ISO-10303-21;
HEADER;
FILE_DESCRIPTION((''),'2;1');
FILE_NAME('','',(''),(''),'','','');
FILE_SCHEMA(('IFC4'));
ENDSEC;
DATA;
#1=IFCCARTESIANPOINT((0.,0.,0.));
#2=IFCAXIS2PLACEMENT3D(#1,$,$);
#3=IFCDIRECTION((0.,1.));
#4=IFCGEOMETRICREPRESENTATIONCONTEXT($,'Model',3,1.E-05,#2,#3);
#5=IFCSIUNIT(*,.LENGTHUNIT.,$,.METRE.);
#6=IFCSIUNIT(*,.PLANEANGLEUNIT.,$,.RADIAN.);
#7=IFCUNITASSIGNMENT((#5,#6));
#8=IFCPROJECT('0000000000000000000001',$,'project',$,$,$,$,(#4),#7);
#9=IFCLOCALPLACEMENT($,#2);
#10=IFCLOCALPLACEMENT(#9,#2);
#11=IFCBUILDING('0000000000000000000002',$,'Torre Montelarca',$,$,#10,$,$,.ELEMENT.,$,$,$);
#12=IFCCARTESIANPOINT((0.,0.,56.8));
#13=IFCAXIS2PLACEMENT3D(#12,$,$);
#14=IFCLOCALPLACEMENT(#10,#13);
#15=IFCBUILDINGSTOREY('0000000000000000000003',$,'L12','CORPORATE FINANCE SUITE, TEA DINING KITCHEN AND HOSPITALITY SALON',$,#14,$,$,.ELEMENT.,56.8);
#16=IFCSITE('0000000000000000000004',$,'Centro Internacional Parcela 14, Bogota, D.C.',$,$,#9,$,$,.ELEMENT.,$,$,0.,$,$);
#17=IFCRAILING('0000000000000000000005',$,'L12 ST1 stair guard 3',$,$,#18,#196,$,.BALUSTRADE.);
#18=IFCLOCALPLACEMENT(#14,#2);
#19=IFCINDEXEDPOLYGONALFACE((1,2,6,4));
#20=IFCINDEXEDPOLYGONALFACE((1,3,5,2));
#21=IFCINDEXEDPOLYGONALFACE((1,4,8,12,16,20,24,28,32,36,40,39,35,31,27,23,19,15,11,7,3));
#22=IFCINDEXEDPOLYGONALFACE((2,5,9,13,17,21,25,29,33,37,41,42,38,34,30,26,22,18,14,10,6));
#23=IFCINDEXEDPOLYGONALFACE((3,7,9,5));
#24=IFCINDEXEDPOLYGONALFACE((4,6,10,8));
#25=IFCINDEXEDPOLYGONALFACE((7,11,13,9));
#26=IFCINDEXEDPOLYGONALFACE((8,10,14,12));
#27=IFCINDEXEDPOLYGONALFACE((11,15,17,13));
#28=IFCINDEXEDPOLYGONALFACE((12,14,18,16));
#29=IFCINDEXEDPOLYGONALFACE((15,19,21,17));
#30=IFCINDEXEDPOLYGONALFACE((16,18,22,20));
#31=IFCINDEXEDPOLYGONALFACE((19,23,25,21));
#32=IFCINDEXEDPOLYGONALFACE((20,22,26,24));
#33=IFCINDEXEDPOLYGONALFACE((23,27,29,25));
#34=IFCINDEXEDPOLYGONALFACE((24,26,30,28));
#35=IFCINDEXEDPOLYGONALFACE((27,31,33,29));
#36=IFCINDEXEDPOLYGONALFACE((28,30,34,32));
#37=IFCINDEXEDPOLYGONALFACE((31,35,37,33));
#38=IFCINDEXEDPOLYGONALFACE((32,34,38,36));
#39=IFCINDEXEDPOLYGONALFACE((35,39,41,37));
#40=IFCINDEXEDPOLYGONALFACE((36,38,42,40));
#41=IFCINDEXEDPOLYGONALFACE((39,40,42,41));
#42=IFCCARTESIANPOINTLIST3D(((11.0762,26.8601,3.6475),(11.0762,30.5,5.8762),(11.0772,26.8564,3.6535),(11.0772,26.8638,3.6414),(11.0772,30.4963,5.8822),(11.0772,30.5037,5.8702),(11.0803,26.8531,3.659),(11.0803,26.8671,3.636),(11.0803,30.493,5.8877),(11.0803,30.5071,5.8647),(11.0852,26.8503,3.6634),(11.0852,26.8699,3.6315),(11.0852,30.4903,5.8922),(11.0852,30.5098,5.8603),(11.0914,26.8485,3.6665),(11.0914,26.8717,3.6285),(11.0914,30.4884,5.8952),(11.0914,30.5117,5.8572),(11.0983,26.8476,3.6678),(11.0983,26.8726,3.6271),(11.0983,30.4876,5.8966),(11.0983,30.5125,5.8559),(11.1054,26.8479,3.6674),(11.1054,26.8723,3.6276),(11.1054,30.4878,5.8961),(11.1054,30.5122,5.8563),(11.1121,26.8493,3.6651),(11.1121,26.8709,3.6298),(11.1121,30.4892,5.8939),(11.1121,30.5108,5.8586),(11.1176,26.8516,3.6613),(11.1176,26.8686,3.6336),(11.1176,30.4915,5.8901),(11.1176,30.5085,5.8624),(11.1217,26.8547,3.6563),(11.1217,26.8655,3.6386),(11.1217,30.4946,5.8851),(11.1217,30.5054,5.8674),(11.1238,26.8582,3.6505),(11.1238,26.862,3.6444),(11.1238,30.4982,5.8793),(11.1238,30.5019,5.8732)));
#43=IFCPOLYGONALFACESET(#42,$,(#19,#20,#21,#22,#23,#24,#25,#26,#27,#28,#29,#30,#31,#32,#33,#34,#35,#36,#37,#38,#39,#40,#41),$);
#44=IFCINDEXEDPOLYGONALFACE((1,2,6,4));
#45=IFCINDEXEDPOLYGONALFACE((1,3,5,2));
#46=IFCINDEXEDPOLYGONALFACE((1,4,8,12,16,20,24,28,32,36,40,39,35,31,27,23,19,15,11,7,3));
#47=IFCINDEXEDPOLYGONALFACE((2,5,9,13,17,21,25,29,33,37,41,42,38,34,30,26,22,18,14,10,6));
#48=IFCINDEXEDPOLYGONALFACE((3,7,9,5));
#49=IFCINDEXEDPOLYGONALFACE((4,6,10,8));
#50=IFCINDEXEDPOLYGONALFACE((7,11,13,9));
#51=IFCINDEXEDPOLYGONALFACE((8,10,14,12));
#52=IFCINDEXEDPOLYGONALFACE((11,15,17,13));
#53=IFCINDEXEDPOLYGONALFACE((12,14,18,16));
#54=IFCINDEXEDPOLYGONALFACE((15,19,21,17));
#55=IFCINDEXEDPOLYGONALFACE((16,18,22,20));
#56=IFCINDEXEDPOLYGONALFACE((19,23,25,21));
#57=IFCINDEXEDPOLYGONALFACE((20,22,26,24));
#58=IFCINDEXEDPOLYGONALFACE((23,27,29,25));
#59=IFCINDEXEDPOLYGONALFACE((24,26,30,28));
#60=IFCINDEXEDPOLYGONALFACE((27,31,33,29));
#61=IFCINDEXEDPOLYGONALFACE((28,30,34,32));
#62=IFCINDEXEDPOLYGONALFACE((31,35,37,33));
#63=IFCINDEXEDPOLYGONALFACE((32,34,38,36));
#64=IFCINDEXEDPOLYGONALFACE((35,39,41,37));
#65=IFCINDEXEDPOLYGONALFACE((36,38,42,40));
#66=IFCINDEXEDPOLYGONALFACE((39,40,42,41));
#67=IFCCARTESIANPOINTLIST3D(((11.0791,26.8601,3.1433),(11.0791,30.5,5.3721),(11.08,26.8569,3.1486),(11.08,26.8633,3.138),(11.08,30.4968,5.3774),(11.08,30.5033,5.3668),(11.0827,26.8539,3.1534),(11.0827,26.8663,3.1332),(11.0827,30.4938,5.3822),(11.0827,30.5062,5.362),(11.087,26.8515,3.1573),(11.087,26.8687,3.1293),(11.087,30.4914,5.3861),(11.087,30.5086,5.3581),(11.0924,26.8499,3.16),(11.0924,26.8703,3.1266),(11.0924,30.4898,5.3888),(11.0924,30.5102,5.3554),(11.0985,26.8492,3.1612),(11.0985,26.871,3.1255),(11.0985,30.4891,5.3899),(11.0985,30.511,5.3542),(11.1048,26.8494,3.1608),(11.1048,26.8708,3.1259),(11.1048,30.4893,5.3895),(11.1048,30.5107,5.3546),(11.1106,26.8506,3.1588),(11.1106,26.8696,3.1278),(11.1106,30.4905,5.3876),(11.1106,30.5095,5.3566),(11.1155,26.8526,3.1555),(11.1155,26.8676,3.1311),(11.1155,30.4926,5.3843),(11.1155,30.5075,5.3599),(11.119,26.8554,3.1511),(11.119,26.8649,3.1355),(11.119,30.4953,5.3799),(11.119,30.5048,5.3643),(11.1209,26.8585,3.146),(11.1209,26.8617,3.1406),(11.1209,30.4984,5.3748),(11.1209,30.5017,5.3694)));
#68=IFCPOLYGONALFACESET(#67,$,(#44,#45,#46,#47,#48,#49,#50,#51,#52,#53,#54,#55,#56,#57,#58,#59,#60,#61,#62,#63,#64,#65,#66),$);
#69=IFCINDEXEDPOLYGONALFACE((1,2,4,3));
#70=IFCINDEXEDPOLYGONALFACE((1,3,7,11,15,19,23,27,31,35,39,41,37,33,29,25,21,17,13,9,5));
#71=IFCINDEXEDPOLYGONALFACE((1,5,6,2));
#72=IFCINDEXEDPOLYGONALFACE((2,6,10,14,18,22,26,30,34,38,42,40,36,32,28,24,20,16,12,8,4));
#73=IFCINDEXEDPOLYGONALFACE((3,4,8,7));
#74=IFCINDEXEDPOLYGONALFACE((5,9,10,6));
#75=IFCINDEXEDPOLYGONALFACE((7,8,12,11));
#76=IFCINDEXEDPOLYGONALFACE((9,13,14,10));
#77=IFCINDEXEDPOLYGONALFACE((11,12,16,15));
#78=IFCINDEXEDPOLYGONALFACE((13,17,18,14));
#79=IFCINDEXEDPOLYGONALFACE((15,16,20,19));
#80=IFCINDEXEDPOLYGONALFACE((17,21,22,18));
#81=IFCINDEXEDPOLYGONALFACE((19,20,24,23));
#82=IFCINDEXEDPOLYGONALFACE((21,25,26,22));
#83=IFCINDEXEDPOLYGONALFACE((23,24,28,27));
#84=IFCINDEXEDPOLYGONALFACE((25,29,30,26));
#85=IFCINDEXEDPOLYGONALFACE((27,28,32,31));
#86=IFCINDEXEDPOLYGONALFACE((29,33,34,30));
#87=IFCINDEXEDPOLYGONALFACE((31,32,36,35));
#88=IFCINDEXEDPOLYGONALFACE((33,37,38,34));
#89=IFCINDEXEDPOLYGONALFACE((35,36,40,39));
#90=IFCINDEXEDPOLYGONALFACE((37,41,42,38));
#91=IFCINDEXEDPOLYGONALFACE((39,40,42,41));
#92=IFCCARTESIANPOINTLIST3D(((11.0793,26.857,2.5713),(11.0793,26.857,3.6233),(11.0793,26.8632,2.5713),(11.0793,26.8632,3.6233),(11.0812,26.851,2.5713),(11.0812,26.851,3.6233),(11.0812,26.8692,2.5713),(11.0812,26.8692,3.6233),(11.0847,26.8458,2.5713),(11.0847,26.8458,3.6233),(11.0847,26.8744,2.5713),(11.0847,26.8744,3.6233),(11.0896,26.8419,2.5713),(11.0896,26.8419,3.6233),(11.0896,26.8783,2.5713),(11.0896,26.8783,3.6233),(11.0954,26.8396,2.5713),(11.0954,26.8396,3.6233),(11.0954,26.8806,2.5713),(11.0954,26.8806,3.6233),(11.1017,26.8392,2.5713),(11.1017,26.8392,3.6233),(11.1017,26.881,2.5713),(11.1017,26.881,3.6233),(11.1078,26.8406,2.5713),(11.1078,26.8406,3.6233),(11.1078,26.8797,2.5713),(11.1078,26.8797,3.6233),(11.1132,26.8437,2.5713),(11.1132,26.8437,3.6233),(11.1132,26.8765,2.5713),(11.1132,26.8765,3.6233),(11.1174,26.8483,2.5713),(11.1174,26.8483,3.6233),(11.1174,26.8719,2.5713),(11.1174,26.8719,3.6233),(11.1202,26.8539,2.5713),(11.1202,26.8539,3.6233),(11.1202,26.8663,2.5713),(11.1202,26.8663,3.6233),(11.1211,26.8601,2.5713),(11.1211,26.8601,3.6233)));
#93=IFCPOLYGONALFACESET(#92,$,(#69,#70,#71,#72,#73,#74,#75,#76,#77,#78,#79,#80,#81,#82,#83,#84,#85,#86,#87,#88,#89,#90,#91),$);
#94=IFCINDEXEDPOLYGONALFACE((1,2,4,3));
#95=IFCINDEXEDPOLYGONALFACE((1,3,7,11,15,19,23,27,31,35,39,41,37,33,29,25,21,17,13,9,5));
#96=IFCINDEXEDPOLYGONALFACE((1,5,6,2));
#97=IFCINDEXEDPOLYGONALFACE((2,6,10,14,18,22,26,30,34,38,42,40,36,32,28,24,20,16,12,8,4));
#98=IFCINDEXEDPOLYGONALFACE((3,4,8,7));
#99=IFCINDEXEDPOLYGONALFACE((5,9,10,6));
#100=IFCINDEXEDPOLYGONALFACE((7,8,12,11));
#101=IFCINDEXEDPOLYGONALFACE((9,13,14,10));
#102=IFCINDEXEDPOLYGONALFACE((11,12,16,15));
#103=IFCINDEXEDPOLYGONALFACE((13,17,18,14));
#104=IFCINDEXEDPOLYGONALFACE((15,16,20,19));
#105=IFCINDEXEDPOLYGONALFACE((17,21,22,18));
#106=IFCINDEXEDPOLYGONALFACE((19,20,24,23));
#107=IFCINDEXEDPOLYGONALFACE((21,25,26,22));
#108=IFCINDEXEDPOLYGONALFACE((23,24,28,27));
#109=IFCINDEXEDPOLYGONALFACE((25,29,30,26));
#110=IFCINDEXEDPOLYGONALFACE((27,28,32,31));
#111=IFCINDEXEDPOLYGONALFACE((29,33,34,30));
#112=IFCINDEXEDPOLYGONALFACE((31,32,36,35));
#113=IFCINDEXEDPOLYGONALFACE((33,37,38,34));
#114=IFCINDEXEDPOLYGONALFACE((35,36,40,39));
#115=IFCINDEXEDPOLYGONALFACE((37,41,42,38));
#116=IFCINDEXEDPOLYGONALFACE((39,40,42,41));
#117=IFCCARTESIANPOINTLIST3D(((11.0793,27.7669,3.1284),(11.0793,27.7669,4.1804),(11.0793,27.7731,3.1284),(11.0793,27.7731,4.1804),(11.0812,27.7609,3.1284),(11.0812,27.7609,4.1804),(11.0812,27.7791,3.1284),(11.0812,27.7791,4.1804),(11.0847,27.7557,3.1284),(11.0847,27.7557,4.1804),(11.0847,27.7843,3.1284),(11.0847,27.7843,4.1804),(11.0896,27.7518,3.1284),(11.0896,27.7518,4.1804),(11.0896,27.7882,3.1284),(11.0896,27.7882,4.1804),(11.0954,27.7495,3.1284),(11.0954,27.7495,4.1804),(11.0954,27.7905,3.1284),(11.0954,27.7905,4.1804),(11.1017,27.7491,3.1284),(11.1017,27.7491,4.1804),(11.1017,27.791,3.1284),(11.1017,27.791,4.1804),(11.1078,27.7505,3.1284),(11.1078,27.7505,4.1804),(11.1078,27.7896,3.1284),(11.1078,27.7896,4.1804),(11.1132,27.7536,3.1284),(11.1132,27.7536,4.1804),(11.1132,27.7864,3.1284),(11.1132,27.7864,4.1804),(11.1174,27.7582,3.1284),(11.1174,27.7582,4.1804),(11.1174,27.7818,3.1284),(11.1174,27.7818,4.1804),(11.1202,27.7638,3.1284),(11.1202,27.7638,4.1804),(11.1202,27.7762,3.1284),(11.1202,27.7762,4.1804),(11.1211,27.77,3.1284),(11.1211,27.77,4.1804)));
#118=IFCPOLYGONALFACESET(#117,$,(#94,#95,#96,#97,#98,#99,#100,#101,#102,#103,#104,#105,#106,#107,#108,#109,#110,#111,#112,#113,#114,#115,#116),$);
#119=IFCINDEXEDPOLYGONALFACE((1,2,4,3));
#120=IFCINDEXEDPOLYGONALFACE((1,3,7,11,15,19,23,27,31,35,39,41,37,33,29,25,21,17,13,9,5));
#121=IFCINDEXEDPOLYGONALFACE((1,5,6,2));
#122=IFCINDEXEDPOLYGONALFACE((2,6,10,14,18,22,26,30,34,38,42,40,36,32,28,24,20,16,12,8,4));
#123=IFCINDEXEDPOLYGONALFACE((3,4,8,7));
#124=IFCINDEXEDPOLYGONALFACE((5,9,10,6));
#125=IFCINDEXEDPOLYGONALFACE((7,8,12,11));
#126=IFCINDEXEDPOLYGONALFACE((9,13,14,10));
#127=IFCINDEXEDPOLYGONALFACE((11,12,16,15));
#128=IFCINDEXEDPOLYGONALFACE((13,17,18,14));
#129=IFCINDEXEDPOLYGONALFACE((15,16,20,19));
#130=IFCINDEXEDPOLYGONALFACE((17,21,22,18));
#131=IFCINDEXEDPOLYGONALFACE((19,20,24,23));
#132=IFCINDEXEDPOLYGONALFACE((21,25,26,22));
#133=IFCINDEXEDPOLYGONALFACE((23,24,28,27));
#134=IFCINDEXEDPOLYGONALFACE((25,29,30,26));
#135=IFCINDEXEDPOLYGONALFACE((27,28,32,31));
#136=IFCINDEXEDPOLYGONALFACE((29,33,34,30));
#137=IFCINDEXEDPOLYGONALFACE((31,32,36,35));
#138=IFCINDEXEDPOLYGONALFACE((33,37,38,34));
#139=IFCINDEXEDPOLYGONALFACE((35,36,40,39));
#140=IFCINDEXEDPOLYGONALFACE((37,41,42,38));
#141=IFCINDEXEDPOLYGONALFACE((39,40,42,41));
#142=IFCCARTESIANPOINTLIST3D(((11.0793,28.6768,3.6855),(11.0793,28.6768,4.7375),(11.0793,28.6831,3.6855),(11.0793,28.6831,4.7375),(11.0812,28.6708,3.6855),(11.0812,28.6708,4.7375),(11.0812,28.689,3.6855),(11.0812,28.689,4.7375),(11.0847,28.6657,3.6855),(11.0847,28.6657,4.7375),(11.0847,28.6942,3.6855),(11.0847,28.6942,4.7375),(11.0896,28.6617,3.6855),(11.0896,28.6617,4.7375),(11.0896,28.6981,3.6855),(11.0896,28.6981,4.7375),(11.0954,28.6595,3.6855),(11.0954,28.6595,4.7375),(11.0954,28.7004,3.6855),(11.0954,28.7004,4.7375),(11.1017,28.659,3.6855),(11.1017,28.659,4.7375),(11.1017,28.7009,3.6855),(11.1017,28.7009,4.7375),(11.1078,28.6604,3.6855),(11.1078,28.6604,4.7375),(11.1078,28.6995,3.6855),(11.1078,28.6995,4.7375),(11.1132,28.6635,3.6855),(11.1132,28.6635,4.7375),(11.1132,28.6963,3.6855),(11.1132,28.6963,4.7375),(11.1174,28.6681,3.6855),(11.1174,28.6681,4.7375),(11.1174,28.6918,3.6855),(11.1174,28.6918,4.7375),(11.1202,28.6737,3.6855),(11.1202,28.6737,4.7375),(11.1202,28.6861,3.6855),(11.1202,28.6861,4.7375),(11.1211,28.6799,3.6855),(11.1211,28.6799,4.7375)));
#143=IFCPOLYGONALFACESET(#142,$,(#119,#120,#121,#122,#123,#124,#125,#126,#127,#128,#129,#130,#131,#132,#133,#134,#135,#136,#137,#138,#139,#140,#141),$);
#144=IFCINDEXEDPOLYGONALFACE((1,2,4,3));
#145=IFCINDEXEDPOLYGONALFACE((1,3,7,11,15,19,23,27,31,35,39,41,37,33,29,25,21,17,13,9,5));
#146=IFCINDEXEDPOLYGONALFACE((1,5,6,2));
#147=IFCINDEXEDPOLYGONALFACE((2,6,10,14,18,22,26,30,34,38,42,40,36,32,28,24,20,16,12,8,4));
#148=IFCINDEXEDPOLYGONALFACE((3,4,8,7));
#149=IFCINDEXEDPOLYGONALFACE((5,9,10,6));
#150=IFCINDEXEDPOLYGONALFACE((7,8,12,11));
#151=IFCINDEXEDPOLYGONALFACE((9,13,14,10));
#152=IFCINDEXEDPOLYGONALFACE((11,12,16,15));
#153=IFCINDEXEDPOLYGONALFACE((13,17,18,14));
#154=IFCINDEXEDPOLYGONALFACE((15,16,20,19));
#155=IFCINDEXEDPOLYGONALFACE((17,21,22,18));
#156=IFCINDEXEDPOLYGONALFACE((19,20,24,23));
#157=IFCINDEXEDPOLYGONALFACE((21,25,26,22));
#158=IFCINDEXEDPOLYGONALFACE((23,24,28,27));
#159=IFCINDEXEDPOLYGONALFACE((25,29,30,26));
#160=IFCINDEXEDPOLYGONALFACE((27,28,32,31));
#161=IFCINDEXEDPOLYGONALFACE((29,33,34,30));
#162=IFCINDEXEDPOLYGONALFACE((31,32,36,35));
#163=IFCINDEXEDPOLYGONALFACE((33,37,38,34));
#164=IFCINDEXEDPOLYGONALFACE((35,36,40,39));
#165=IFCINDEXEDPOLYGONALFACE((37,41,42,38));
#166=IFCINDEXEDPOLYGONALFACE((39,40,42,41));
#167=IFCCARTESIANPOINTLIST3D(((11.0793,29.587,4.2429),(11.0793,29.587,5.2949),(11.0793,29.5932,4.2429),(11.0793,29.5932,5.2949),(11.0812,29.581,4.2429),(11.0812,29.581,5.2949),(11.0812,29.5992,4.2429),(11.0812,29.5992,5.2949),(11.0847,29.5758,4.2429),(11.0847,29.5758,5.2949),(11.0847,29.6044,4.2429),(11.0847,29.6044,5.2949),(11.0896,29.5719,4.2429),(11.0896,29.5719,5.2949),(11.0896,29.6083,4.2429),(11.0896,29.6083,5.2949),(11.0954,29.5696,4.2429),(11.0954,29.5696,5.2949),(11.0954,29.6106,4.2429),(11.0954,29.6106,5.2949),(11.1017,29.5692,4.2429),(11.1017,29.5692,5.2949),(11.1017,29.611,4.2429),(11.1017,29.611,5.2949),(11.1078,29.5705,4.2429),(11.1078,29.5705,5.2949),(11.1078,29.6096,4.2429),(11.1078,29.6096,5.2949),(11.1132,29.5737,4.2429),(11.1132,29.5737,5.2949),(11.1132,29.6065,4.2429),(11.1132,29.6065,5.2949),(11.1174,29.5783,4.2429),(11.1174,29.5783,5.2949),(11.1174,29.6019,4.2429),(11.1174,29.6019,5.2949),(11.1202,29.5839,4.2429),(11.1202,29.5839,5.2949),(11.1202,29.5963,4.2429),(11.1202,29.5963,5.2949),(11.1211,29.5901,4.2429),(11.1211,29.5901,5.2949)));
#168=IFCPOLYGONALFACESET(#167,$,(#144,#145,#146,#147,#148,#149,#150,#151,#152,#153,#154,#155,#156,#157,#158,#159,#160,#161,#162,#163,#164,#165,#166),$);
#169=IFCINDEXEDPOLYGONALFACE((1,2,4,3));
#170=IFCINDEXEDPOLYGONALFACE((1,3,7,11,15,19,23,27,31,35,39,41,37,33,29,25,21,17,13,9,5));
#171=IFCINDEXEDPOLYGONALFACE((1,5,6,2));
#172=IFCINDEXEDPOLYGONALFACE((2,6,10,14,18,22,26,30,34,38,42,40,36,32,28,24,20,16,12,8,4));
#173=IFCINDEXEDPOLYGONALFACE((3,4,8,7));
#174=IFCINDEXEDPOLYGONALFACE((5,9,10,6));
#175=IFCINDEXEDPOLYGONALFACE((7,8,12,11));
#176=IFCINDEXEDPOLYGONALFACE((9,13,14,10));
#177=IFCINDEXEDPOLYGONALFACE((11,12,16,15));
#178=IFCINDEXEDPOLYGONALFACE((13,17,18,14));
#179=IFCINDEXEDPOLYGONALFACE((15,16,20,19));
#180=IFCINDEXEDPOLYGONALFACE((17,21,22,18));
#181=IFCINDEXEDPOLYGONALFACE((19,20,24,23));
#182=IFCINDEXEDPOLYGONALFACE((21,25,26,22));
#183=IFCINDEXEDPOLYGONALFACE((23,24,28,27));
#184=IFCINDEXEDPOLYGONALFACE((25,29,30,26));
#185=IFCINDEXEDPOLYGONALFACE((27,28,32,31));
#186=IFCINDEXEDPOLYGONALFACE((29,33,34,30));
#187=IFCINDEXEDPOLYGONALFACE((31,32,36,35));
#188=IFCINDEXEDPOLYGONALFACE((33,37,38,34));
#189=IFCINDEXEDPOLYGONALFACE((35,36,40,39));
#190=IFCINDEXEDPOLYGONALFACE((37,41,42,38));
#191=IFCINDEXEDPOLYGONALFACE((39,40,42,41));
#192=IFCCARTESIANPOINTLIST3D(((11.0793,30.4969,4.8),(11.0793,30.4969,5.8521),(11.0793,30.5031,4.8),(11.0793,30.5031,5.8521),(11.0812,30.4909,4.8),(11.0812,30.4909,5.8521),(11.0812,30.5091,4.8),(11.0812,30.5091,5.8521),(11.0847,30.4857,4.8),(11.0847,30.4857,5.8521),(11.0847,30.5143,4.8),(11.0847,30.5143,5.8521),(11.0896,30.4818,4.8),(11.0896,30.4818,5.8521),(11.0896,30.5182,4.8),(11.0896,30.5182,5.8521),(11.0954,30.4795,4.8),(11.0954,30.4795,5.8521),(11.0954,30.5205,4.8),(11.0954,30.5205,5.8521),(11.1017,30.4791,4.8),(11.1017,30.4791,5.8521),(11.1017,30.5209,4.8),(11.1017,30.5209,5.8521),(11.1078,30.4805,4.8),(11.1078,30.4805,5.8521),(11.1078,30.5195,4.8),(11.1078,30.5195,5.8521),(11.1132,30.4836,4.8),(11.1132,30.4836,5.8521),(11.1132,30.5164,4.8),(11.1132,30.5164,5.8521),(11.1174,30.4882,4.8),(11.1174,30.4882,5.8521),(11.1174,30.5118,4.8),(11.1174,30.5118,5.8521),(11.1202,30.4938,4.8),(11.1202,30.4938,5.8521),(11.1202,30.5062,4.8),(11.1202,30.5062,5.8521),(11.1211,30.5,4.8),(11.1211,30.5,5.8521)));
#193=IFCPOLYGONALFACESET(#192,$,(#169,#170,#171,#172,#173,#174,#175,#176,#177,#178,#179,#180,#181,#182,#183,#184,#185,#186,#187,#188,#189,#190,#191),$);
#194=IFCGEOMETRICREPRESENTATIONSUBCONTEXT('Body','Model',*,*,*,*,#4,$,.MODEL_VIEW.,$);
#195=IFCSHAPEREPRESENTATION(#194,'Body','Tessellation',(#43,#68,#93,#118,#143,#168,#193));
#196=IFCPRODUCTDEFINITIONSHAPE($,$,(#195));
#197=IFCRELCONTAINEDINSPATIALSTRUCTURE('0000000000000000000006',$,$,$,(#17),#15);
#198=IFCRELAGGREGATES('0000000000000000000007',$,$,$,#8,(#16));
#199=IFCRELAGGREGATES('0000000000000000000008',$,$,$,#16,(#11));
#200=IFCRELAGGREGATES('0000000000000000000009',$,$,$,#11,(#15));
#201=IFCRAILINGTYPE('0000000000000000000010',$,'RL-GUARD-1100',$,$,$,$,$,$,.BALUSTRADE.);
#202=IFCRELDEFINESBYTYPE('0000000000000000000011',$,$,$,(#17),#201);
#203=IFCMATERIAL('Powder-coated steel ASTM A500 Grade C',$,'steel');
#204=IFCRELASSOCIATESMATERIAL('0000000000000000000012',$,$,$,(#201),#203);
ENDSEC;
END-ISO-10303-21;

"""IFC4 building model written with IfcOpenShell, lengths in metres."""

from ifc_helpers import new_model, si_unit, direction, frame, origin, origin_2d, place, context, subcontext, project, spatial, circle, extrude, material, type_object, element, save


model = new_model("IFC4")

# Units and contexts
model_context = context("Model", 3, precision=1e-05, world=origin(), true_north=direction((0.0, 1.0)))
body_context = subcontext(model_context, "Body", "Model", "MODEL_VIEW")
ifc_project = project(units=[si_unit("LENGTHUNIT", "METRE"), si_unit("PLANEANGLEUNIT", "RADIAN")], contexts=[model_context])

# Site, building, storey
site_placement = place(None, origin())
site = spatial("IfcSite", under=ifc_project, at=site_placement, Name="Centro Internacional Parcela 14, Bogota, D.C.", CompositionType="ELEMENT", RefElevation=0.0)
building_placement = place(site_placement, origin())
building = spatial("IfcBuilding", under=site, at=building_placement, Name="Torre Montelarca", CompositionType="ELEMENT")
storey_placement = place(building_placement, frame((0.0, 0.0, 56.8)))
storey = spatial("IfcBuildingStorey", under=building, at=storey_placement, Name="L12", Description="CORPORATE FINANCE SUITE, TEA DINING KITCHEN AND HOSPITALITY SALON", CompositionType="ELEMENT", Elevation=56.8)

# Railing
ifc_material_1 = material(Name="Powder-coated steel ASTM A500 Grade C", Category="steel")
railing_type_1 = type_object("IfcRailingType", Name="RL-GUARD-1100", PredefinedType="BALUSTRADE", material=ifc_material_1)
railing_1_placement = place(storey_placement, frame((11.1001, 26.8601, 2.5713)))
element("IfcRailing", 1, at=railing_1_placement, inside=storey, type_object=railing_type_1, Name="L12 ST1 stair guard 3", PredefinedType="BALUSTRADE", context=body_context, shape_type="SweptSolid", body=[
    extrude(circle(Radius=0.0239, at=origin_2d()), frame((0.0, 0.0, 1.0762), z_axis=(0.0, 0.852825, 0.522197), x_axis=(-1.0, 0.0, 0.0)), (0.0, 0.0, 1.0), 4.2681),
    extrude(circle(Radius=0.021, at=origin_2d()), frame((0.0, 0.0, 0.572), z_axis=(0.0, 0.852825, 0.522197), x_axis=(-1.0, 0.0, 0.0)), (0.0, 0.0, 1.0), 4.2681),
    extrude(circle(Radius=0.021, at=origin_2d()), origin(), (0.0, 0.0, 1.0), 1.052),
    extrude(circle(Radius=0.021, at=origin_2d()), frame((0.0, 0.9099, 0.5571)), (0.0, 0.0, 1.0), 1.052),
    extrude(circle(Radius=0.021, at=origin_2d()), frame((0.0, 1.8198, 1.1143)), (0.0, 0.0, 1.0), 1.052),
    extrude(circle(Radius=0.021, at=origin_2d()), frame((0.0, 2.73, 1.6716)), (0.0, 0.0, 1.0), 1.052),
    extrude(circle(Radius=0.021, at=origin_2d()), frame((0.0, 3.6399, 2.2288)), (0.0, 0.0, 1.0), 1.052),
])

save(model, "model.ifc")
